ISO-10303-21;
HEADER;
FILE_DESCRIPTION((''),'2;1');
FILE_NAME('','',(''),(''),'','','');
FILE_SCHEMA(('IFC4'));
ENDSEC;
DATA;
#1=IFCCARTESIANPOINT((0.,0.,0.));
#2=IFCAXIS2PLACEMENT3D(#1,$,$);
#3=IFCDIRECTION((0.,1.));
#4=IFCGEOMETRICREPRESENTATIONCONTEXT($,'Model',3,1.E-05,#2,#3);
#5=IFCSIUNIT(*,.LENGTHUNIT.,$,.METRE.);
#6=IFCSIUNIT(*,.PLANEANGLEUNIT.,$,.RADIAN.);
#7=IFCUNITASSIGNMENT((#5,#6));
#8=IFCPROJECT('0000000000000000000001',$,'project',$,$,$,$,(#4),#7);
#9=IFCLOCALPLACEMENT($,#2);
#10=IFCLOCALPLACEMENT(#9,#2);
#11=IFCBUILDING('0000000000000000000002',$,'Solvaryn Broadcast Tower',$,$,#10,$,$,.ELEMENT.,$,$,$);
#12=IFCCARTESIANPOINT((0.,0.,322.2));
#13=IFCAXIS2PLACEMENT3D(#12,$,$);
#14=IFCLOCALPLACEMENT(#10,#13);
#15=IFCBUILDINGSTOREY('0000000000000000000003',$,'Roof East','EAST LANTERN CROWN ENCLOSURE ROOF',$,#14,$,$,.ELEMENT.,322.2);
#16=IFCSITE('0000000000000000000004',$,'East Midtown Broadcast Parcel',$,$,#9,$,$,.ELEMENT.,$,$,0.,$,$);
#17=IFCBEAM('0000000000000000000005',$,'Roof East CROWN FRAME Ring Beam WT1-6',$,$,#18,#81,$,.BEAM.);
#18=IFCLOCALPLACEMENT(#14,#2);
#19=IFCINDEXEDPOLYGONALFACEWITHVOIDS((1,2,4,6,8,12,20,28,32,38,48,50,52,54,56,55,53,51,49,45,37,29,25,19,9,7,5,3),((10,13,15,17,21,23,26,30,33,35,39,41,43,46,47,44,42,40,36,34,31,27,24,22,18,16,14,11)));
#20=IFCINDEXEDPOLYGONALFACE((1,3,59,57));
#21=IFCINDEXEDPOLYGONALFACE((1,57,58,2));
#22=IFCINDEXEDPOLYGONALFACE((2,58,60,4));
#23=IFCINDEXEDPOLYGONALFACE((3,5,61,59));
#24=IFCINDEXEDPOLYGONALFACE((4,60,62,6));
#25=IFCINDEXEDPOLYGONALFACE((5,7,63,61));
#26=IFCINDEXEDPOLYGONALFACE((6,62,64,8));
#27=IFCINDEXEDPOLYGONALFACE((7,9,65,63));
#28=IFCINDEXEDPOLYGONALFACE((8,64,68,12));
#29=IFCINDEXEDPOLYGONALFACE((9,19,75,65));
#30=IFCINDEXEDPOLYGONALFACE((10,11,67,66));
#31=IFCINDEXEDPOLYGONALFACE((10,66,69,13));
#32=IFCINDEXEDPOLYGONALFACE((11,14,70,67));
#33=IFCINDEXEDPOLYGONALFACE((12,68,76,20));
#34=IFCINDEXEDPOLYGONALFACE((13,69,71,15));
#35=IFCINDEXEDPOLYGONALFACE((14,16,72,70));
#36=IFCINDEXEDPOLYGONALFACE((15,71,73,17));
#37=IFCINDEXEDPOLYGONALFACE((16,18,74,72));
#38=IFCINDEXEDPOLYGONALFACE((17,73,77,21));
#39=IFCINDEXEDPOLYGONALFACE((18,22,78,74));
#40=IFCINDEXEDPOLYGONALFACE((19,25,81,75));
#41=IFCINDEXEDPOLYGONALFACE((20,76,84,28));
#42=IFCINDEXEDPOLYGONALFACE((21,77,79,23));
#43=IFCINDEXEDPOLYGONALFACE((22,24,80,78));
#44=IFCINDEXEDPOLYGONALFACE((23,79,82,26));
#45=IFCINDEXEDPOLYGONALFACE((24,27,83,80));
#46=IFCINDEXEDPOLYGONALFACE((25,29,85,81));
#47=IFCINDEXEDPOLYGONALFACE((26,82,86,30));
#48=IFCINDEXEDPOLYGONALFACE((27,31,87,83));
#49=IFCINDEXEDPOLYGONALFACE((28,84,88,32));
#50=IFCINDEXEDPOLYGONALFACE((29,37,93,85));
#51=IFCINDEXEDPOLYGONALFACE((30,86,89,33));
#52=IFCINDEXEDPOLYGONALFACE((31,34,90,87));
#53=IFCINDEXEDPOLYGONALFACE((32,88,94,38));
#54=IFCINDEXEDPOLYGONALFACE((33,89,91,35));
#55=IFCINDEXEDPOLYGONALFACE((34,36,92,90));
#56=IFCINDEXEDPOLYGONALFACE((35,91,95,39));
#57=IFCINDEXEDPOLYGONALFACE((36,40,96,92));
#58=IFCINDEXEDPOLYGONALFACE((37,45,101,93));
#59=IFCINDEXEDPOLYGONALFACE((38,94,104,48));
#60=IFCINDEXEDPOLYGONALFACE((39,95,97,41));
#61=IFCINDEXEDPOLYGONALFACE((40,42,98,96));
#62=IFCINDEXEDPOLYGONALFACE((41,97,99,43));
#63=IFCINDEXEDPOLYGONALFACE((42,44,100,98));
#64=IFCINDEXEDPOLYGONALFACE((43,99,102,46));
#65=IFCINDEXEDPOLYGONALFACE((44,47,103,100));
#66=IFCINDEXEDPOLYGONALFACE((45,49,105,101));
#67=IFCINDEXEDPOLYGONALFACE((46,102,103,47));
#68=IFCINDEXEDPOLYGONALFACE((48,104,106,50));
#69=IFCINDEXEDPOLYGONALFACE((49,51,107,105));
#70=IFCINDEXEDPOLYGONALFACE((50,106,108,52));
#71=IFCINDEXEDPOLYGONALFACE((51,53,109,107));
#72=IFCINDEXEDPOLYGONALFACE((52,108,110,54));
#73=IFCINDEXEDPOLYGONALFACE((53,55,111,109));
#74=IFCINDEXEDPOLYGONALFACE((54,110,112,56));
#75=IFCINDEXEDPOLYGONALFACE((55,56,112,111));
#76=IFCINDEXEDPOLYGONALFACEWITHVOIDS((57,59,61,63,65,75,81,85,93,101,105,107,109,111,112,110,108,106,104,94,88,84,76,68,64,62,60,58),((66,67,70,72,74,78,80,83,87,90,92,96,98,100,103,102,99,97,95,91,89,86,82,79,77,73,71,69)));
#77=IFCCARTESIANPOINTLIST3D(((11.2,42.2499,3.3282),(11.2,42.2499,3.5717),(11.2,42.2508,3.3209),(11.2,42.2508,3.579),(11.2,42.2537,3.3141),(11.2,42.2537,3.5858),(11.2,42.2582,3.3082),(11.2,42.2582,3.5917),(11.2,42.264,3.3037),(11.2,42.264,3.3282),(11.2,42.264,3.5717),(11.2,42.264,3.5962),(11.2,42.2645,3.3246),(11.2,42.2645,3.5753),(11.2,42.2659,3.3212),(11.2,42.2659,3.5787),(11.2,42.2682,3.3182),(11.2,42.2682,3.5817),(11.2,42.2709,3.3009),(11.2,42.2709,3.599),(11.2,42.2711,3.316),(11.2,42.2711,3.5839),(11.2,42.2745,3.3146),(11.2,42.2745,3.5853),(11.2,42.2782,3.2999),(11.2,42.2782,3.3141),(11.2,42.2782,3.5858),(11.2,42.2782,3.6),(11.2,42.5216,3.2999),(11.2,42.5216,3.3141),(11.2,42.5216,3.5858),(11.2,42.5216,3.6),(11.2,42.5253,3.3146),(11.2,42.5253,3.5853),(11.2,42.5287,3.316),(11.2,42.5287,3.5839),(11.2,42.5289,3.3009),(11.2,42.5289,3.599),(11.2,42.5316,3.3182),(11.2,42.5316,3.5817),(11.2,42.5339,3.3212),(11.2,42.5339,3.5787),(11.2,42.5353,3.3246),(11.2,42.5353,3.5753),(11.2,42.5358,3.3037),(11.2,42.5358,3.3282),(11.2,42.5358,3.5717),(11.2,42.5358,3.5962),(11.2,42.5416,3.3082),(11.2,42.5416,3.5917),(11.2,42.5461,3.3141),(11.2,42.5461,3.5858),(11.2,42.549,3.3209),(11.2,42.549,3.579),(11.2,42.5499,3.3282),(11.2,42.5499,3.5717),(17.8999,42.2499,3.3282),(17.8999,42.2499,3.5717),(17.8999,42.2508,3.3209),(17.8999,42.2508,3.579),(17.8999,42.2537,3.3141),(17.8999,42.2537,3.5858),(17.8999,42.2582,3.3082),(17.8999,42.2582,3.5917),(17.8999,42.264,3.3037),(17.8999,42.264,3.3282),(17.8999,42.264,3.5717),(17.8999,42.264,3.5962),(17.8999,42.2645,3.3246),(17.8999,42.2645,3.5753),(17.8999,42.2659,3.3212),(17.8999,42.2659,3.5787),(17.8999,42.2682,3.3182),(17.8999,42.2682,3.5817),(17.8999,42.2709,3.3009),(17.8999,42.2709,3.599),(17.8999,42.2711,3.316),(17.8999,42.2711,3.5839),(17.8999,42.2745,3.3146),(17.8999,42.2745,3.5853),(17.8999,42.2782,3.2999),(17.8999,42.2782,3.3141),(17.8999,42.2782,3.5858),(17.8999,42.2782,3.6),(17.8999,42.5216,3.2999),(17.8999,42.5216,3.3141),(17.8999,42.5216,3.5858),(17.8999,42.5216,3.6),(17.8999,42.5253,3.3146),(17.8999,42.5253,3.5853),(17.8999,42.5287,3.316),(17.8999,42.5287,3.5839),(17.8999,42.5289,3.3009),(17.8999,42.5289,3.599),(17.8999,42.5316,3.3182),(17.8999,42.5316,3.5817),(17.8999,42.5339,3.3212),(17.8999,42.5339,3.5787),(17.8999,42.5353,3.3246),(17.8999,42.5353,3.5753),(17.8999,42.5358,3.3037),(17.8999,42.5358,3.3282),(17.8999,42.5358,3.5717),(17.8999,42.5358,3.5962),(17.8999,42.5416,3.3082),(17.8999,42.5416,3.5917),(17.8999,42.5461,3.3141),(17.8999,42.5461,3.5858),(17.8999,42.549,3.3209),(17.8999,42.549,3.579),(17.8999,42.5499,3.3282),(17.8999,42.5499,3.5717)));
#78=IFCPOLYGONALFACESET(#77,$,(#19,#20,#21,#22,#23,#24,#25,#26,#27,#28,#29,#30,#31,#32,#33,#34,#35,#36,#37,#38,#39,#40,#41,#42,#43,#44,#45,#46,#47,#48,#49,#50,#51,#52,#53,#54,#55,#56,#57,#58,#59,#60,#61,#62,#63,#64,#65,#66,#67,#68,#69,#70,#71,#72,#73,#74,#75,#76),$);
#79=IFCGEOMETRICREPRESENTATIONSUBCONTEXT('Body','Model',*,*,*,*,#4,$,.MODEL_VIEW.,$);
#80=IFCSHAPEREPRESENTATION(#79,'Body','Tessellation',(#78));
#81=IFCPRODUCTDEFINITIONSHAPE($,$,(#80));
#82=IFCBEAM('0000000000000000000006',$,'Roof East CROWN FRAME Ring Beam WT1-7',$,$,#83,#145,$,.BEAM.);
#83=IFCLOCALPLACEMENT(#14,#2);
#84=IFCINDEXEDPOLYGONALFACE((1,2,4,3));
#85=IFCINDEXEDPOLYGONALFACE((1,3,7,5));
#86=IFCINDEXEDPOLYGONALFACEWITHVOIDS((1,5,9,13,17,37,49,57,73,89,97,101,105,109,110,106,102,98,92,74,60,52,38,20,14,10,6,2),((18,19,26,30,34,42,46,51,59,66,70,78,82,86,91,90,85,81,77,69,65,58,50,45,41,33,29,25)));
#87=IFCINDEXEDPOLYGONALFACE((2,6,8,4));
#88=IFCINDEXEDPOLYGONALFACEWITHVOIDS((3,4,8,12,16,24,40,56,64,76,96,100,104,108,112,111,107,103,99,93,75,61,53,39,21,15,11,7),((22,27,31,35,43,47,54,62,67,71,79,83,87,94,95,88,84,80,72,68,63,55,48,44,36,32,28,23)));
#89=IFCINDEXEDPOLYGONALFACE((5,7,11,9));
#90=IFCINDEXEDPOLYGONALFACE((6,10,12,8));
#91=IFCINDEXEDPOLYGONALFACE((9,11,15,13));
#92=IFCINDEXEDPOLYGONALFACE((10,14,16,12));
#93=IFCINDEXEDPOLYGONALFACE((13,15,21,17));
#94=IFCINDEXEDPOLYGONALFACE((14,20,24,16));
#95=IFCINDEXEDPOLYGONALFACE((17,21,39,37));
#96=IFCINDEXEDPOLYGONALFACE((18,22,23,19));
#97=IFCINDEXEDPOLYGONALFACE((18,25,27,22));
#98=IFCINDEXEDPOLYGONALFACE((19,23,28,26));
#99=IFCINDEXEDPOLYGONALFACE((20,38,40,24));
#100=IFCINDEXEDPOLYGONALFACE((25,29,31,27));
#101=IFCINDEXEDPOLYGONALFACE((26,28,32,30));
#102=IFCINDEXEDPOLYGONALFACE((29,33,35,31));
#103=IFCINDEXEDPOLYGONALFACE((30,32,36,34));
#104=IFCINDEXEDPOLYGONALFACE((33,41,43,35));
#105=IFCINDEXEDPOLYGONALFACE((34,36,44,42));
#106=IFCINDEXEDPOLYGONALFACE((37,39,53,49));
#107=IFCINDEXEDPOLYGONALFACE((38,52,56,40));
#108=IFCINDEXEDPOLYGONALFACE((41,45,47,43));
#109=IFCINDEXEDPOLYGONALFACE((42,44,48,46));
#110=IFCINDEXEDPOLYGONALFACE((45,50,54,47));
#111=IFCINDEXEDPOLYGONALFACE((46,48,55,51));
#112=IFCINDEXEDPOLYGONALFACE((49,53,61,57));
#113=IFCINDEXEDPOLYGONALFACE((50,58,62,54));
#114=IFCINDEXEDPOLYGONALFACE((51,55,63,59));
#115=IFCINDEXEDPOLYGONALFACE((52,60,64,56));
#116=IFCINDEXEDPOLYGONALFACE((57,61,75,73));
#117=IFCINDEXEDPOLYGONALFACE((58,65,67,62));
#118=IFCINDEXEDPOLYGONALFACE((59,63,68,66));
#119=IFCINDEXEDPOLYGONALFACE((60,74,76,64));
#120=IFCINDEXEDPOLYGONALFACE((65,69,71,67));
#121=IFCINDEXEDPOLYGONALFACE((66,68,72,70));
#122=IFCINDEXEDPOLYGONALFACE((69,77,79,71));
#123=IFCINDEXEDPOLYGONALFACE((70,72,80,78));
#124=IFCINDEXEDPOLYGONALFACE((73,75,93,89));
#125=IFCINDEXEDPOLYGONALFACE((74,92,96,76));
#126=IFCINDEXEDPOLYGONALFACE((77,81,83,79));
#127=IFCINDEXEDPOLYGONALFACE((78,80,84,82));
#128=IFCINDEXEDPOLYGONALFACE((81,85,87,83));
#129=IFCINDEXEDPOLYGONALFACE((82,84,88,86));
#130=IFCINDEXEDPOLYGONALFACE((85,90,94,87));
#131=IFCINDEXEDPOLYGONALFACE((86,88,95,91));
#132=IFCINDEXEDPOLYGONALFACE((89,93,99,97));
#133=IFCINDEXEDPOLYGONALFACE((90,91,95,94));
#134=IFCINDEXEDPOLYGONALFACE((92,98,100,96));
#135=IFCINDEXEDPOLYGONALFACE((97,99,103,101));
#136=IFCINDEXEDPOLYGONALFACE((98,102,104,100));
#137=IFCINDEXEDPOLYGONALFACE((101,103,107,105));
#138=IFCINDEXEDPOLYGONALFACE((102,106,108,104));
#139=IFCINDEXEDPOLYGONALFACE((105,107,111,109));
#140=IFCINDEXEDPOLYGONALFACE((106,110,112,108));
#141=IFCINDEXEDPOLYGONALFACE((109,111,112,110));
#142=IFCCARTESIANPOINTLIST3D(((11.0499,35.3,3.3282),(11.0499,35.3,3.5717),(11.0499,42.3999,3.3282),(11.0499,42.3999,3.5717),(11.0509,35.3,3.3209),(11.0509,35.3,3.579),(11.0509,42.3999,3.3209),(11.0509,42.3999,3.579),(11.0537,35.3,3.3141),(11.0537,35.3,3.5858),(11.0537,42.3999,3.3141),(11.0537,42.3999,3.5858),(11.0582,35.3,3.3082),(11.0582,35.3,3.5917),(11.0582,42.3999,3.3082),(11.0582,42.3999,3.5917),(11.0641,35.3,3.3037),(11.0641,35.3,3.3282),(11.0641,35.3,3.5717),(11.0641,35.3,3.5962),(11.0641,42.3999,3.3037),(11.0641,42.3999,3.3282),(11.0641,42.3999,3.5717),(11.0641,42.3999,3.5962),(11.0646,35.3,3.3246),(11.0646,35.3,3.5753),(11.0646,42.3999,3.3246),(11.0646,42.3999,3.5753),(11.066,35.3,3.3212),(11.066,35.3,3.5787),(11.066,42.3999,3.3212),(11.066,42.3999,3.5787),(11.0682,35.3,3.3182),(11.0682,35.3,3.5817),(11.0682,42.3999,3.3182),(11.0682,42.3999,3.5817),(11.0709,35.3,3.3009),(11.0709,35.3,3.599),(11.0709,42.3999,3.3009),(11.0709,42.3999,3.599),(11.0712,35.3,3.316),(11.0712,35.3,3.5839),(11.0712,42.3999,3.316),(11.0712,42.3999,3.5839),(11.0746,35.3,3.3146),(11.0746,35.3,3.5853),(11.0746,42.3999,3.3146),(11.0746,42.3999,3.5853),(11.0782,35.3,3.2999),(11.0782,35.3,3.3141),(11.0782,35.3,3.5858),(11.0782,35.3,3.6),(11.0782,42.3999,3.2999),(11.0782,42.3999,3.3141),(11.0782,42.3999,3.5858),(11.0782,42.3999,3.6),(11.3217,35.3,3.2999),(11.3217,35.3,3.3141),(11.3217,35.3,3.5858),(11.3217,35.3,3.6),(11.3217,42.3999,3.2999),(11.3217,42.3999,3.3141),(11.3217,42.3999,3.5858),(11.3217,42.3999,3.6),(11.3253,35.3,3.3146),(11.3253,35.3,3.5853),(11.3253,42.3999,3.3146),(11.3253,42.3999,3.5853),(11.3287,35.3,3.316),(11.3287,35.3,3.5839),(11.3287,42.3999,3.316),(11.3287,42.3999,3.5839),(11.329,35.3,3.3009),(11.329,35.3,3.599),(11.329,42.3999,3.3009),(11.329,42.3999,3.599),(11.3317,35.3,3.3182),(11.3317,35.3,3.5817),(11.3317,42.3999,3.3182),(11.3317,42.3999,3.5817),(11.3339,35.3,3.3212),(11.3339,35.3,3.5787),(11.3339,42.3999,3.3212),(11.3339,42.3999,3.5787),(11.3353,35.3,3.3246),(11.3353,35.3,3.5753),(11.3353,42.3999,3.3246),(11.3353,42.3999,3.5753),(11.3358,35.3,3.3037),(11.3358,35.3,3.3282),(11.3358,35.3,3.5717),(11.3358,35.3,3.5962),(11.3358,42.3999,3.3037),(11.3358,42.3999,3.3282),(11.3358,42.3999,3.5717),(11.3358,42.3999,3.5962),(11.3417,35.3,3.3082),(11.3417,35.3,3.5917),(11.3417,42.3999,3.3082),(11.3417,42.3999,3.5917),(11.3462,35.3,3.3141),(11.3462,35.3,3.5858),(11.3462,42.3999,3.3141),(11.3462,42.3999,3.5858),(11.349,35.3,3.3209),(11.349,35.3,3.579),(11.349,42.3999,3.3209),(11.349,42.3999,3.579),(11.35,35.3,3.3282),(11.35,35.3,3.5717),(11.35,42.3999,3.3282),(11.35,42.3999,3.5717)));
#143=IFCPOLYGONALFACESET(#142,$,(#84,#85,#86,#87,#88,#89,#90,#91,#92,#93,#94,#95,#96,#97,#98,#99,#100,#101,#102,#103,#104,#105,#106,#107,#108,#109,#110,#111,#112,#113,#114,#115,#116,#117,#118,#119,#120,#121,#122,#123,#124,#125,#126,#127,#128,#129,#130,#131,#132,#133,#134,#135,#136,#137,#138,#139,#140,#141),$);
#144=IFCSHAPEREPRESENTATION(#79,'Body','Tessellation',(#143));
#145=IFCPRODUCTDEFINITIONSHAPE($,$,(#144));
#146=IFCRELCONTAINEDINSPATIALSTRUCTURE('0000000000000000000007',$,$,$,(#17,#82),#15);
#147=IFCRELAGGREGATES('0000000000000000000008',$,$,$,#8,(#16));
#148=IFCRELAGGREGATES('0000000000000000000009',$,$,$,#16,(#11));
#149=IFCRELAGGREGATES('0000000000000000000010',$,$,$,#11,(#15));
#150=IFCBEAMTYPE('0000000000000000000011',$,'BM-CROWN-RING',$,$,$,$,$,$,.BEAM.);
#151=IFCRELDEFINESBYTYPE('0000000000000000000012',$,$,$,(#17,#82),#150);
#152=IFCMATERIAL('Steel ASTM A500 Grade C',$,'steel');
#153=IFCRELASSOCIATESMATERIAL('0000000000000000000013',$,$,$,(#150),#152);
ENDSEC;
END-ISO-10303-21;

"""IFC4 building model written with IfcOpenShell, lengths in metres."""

from ifc_helpers import new_model, si_unit, direction, frame, origin, origin_2d, place, context, subcontext, project, spatial, hollow_rectangle, extrude, material, material_profile, profile_set, type_object, element, save


model = new_model("IFC4")

# Units and contexts
model_context = context("Model", 3, precision=1e-05, world=origin(), true_north=direction((0.0, 1.0)))
body_context = subcontext(model_context, "Body", "Model", "MODEL_VIEW")
ifc_project = project(units=[si_unit("LENGTHUNIT", "METRE"), si_unit("PLANEANGLEUNIT", "RADIAN")], contexts=[model_context])

# Site, building, storey
site_placement = place(None, origin())
site = spatial("IfcSite", under=ifc_project, at=site_placement, Name="East Midtown Broadcast Parcel", CompositionType="ELEMENT", RefElevation=0.0)
building_placement = place(site_placement, origin())
building = spatial("IfcBuilding", under=site, at=building_placement, Name="Solvaryn Broadcast Tower", CompositionType="ELEMENT")
storey_placement = place(building_placement, frame((0.0, 0.0, 322.2)))
storey = spatial("IfcBuildingStorey", under=building, at=storey_placement, Name="Roof East", Description="EAST LANTERN CROWN ENCLOSURE ROOF", CompositionType="ELEMENT", Elevation=322.2)

# Beams
ifc_material_1 = material(Name="Steel ASTM A500 Grade C", Category="steel")
ifc_material_profile_1 = material_profile(ifc_material_1, hollow_rectangle(XDim=0.3, YDim=0.3, WallThickness=0.0142, InnerFilletRadius=0.0142, OuterFilletRadius=0.0283, at=origin_2d()))
ifc_profile_set_1 = profile_set([ifc_material_profile_1], Name="Steel ASTM A500 Grade C")
beam_type_1 = type_object("IfcBeamType", Name="BM-CROWN-RING", PredefinedType="BEAM", material=ifc_profile_set_1)
beam_1_placement = place(storey_placement, frame((17.8999, 42.3999, 3.45), z_axis=(-1.0, 0.0, 0.0), x_axis=(0.0, -1.0, 0.0)))
element("IfcBeam", 1, at=beam_1_placement, inside=storey, type_object=beam_type_1, Name="Roof East CROWN FRAME Ring Beam WT1-6", PredefinedType="BEAM", context=body_context, shape_type="SweptSolid", body=[
    extrude(hollow_rectangle(XDim=0.3, YDim=0.3, WallThickness=0.0142, InnerFilletRadius=0.0142, OuterFilletRadius=0.0283, at=origin_2d()), origin(), (0.0, 0.0, 1.0), 6.7),
])
beam_2_placement = place(storey_placement, frame((11.2, 42.3999, 3.45), z_axis=(0.0, -1.0, 0.0), x_axis=(1.0, 0.0, 0.0)))
element("IfcBeam", 2, at=beam_2_placement, inside=storey, type_object=beam_type_1, Name="Roof East CROWN FRAME Ring Beam WT1-7", PredefinedType="BEAM", context=body_context, shape_type="SweptSolid", body=[
    extrude(hollow_rectangle(XDim=0.3, YDim=0.3, WallThickness=0.0142, InnerFilletRadius=0.0142, OuterFilletRadius=0.0283, at=origin_2d()), origin(), (0.0, 0.0, 1.0), 7.0999),
])

save(model, "model.ifc")
